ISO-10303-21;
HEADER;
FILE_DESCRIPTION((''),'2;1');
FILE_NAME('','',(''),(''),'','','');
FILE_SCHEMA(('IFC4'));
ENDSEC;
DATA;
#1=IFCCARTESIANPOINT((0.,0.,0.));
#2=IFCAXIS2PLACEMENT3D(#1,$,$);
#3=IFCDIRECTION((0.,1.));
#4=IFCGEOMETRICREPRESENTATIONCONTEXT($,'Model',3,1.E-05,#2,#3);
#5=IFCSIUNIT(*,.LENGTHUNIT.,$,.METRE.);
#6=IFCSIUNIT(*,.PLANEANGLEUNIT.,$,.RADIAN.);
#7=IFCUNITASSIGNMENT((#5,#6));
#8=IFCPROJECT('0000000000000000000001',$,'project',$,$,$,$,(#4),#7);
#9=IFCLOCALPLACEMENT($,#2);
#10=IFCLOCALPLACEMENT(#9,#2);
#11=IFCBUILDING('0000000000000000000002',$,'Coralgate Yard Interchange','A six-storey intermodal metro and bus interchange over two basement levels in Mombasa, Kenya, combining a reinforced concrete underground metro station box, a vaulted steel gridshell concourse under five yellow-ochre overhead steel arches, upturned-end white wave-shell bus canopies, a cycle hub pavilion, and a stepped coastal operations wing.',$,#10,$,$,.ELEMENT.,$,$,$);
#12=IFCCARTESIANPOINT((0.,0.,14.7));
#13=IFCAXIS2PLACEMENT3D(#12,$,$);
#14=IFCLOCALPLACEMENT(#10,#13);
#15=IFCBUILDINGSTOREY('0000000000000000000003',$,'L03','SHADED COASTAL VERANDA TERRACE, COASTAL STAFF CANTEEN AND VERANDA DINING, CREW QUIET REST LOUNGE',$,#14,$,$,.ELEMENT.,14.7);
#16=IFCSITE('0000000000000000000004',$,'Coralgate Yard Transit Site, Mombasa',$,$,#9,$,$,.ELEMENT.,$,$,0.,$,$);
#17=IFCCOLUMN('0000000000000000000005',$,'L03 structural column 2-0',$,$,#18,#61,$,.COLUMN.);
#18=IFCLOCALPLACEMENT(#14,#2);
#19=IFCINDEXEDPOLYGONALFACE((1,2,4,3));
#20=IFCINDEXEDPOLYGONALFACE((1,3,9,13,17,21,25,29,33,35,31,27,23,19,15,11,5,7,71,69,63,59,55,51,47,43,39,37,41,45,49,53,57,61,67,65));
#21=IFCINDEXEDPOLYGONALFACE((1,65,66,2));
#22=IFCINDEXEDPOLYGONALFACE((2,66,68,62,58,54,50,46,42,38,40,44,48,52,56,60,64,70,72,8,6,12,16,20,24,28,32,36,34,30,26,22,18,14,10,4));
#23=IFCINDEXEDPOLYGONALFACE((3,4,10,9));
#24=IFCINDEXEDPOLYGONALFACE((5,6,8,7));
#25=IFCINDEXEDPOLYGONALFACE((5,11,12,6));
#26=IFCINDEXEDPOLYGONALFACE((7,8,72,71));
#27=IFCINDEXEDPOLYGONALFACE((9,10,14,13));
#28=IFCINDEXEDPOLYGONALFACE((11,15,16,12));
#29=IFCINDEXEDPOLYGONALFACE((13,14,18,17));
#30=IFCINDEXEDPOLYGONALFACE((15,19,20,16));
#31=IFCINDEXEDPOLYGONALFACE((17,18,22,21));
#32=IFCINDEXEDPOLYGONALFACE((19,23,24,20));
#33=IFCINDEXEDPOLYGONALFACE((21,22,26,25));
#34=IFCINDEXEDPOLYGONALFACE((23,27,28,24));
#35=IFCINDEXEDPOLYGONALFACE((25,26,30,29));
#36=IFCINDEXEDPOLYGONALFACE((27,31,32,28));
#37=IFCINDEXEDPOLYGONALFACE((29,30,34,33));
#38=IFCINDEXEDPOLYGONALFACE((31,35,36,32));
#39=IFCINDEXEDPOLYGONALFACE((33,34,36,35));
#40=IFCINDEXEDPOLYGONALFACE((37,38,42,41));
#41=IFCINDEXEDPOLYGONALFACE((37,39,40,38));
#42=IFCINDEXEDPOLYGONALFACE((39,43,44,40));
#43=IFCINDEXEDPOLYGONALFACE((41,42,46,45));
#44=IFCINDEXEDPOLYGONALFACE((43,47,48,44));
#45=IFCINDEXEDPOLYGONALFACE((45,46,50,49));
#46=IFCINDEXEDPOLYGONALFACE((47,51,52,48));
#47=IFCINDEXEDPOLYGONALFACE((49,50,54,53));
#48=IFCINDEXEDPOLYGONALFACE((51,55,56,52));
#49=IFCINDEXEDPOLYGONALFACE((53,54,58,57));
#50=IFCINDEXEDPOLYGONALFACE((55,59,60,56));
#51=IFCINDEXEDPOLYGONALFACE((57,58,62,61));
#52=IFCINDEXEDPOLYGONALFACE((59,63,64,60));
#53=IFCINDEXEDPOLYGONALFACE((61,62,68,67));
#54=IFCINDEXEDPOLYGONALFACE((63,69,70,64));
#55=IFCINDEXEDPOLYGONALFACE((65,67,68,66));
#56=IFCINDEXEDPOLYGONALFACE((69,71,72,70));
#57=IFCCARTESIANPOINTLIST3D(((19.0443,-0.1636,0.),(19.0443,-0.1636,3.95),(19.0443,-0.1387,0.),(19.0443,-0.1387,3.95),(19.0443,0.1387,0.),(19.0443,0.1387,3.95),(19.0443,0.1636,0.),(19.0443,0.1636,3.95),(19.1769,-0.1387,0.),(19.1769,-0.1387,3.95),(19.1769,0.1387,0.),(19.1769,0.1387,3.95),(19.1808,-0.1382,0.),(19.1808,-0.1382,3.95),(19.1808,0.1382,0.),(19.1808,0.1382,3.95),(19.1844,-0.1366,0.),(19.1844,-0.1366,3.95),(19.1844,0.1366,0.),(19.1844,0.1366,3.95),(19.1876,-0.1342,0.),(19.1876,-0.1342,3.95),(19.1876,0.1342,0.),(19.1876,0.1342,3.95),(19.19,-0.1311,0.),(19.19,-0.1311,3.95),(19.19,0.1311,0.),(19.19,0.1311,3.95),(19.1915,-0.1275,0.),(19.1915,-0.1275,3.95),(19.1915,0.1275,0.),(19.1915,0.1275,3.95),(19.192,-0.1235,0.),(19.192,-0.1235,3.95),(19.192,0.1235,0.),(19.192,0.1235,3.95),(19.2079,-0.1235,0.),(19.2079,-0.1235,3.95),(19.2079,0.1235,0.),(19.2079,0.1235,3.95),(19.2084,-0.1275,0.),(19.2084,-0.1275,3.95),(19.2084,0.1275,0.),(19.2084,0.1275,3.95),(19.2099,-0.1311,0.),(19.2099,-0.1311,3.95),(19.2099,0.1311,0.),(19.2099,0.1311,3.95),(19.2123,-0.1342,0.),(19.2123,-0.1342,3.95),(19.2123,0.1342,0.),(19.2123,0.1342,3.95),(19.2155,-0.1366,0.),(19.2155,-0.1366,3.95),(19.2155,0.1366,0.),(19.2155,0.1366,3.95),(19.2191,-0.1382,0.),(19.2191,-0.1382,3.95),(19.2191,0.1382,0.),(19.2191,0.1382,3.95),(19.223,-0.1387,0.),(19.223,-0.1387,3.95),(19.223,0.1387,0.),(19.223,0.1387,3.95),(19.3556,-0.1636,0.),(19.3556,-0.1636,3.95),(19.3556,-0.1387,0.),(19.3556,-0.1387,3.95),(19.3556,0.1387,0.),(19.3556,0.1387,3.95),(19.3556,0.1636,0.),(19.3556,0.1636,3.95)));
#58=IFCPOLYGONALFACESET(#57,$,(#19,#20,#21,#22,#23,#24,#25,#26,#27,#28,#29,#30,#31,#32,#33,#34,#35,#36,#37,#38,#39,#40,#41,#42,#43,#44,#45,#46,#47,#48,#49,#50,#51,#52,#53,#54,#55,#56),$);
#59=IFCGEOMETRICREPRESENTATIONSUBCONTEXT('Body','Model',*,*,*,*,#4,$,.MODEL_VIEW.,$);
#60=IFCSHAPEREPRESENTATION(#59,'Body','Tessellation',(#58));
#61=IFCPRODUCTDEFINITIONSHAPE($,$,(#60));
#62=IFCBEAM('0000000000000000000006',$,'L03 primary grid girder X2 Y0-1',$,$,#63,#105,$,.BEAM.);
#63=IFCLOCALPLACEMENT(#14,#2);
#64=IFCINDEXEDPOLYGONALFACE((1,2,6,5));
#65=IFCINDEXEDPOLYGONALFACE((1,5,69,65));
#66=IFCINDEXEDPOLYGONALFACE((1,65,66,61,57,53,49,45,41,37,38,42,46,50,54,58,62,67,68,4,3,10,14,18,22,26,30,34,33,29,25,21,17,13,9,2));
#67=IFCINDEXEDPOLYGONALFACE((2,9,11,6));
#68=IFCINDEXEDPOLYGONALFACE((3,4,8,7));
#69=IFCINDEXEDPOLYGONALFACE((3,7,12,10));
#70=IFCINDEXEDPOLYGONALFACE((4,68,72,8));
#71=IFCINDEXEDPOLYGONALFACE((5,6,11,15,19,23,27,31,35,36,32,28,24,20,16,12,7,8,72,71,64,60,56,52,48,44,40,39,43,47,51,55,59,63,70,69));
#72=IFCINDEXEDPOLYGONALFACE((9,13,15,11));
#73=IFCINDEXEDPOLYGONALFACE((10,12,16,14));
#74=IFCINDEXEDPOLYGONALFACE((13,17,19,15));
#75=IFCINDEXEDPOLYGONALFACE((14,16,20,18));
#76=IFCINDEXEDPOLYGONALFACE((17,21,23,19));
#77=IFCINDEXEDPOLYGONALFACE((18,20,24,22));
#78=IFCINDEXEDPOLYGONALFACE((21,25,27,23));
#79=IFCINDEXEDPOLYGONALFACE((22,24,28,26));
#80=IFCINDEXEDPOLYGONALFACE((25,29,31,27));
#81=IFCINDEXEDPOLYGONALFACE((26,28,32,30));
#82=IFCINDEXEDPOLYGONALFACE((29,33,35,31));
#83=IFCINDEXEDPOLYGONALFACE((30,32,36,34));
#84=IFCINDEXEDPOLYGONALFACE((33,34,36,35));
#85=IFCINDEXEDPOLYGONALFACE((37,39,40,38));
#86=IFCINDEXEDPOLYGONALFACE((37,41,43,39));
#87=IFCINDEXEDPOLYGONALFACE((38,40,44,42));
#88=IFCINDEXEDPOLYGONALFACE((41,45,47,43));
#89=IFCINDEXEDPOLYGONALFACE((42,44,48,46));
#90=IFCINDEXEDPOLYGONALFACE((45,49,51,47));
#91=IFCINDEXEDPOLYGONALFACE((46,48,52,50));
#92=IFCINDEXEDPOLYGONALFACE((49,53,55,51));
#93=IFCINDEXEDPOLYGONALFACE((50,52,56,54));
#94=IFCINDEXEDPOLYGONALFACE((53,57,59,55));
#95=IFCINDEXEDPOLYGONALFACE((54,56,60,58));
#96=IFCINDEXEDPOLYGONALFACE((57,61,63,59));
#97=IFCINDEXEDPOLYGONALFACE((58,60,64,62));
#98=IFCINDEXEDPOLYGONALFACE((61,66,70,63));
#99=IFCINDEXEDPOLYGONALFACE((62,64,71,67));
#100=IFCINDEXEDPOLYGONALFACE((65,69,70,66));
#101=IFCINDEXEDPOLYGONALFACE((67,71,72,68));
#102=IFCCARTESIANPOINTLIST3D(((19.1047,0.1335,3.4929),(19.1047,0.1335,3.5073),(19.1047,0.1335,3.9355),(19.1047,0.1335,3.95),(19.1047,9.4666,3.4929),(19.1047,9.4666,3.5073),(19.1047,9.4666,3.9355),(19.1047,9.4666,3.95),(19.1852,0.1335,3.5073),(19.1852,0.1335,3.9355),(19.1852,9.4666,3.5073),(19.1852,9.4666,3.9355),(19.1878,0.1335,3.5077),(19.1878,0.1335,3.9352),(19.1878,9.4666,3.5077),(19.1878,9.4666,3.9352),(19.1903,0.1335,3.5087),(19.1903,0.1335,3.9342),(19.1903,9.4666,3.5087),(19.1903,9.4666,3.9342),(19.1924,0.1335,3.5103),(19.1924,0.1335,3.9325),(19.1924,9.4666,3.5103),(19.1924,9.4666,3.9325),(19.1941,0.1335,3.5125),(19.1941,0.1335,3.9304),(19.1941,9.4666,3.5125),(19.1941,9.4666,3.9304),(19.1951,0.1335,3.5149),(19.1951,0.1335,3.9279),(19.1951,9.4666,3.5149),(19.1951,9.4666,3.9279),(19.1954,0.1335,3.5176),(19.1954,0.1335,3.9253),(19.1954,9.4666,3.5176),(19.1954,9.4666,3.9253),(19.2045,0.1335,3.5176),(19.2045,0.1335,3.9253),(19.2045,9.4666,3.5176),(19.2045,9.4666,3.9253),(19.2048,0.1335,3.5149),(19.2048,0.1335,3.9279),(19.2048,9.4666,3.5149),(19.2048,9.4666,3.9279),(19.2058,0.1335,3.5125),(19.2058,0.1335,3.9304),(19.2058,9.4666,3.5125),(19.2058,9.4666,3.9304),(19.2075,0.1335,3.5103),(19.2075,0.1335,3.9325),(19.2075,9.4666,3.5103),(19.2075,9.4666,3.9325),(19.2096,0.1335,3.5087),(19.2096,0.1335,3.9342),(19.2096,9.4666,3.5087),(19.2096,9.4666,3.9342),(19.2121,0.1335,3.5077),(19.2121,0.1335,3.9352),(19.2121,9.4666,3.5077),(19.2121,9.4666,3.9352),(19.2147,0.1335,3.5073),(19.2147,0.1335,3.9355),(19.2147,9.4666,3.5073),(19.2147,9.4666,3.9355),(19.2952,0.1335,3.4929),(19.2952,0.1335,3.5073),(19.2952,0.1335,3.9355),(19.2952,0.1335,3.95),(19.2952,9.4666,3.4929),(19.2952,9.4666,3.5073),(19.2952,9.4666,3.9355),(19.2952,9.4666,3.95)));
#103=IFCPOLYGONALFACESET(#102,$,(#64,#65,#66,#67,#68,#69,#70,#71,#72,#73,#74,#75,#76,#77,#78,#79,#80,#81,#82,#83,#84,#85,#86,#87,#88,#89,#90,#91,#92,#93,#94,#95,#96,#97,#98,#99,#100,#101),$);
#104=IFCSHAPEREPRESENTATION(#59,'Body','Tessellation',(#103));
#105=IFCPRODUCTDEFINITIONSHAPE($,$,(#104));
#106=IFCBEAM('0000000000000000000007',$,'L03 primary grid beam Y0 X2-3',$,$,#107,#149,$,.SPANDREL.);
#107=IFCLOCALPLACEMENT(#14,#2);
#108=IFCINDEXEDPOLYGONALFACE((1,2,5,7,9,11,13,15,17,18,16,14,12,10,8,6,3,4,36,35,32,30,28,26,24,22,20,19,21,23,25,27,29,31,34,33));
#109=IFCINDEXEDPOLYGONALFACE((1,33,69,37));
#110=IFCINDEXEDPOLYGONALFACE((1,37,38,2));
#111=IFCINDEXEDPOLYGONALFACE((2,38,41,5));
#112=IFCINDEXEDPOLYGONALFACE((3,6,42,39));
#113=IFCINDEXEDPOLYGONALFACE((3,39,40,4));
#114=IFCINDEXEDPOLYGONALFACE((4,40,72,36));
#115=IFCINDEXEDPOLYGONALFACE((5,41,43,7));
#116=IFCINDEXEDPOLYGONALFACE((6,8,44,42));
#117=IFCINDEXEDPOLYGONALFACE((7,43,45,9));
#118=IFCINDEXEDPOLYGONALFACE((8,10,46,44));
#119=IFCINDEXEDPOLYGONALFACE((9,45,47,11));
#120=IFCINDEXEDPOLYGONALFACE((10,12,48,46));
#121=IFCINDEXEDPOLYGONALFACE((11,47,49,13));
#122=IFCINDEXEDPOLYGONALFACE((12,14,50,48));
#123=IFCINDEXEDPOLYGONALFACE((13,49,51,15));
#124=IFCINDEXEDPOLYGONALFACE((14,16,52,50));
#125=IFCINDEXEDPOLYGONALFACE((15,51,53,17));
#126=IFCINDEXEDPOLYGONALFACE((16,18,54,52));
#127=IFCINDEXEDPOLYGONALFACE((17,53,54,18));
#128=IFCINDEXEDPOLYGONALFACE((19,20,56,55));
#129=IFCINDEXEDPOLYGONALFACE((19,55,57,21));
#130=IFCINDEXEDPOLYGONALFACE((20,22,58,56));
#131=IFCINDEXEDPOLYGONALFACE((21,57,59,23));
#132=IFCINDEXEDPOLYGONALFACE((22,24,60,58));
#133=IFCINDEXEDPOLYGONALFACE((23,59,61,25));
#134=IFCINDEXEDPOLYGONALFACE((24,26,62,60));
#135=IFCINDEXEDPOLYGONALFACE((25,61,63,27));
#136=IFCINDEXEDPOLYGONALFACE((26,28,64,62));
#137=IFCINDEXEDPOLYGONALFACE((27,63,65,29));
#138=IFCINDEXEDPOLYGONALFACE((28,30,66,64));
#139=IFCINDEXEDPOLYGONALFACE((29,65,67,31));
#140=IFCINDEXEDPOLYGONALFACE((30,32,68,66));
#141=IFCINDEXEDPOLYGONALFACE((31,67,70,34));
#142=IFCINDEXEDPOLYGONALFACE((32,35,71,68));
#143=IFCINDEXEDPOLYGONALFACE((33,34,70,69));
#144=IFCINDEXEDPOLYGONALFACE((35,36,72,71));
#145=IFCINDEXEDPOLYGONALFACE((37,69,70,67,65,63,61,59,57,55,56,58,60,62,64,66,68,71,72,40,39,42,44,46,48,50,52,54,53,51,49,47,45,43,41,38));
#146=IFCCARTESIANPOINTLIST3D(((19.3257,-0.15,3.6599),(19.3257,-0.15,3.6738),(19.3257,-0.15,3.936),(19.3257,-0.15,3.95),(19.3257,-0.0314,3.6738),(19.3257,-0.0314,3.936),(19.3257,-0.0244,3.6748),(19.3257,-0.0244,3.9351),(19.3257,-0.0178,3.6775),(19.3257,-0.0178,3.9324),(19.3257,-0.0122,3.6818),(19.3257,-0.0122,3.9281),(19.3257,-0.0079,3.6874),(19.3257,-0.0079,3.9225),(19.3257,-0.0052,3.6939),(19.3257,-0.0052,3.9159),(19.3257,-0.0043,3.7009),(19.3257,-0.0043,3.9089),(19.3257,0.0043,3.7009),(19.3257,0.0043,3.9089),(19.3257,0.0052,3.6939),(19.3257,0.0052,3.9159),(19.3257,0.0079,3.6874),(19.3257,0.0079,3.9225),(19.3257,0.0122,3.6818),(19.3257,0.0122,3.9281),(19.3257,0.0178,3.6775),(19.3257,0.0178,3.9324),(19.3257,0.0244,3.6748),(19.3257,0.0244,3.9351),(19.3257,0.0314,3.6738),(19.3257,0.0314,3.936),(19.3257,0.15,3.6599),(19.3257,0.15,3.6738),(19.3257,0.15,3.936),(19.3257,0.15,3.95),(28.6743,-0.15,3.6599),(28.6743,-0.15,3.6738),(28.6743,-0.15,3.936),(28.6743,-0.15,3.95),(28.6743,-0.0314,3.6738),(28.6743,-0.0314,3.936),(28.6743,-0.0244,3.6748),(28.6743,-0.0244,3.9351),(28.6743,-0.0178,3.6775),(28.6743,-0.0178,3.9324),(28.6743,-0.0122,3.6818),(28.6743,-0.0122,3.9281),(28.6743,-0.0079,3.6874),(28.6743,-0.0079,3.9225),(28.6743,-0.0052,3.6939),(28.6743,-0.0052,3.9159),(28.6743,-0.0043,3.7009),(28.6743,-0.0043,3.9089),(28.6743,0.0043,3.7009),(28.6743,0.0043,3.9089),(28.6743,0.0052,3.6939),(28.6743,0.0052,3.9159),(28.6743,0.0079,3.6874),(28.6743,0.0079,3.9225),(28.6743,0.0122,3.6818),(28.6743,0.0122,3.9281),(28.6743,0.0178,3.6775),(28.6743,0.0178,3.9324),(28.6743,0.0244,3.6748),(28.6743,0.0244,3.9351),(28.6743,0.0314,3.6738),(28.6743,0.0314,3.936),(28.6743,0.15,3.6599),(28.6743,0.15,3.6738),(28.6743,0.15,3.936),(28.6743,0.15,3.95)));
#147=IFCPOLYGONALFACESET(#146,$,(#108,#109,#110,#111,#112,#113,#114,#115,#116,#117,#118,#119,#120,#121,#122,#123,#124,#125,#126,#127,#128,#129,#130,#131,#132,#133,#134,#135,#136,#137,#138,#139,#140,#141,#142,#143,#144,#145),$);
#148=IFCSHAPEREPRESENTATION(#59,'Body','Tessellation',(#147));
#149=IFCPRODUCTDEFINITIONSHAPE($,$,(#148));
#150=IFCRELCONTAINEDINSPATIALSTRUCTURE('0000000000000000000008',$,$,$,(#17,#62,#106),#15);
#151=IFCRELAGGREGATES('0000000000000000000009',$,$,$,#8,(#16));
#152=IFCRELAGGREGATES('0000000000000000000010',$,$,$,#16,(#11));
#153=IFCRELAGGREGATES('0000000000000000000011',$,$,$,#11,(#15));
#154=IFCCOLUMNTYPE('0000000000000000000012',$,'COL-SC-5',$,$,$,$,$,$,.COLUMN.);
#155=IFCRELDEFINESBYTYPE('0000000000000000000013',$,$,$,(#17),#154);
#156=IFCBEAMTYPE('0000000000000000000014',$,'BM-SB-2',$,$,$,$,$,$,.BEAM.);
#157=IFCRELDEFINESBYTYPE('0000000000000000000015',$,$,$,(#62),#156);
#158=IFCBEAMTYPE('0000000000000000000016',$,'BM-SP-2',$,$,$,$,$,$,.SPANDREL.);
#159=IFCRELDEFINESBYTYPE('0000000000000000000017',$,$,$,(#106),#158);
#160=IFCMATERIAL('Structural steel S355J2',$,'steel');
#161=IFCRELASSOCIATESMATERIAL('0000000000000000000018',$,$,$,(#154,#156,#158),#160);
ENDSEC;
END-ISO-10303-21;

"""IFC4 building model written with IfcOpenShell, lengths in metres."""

from ifc_helpers import new_model, si_unit, direction, frame, origin, origin_2d, place, context, subcontext, project, spatial, i_section, extrude, material, material_profile, profile_set, type_object, element, save


model = new_model("IFC4")

# Units and contexts
model_context = context("Model", 3, precision=1e-05, world=origin(), true_north=direction((0.0, 1.0)))
body_context = subcontext(model_context, "Body", "Model", "MODEL_VIEW")
ifc_project = project(units=[si_unit("LENGTHUNIT", "METRE"), si_unit("PLANEANGLEUNIT", "RADIAN")], contexts=[model_context])

# Site, building, storey
site_placement = place(None, origin())
site = spatial("IfcSite", under=ifc_project, at=site_placement, Name="Coralgate Yard Transit Site, Mombasa", CompositionType="ELEMENT", RefElevation=0.0)
building_placement = place(site_placement, origin())
building = spatial("IfcBuilding", under=site, at=building_placement, Name="Coralgate Yard Interchange", Description="A six-storey intermodal metro and bus interchange over two basement levels in Mombasa, Kenya, combining a reinforced concrete underground metro station box, a vaulted steel gridshell concourse under five yellow-ochre overhead steel arches, upturned-end white wave-shell bus canopies, a cycle hub pavilion, and a stepped coastal operations wing.", CompositionType="ELEMENT")
storey_placement = place(building_placement, frame((0.0, 0.0, 14.7)))
storey = spatial("IfcBuildingStorey", under=building, at=storey_placement, Name="L03", Description="SHADED COASTAL VERANDA TERRACE, COASTAL STAFF CANTEEN AND VERANDA DINING, CREW QUIET REST LOUNGE", CompositionType="ELEMENT", Elevation=14.7)

# Column
ifc_material_1 = material(Name="Structural steel S355J2", Category="steel")
ifc_material_profile_1 = material_profile(ifc_material_1, i_section(OverallWidth=0.3113, OverallDepth=0.3271, WebThickness=0.0159, FlangeThickness=0.0249, FilletRadius=0.0151, at=origin_2d()), Name="UC 305x305x158")
ifc_profile_set_1 = profile_set([ifc_material_profile_1], Name="Structural steel S355J2")
column_type = type_object("IfcColumnType", Name="COL-SC-5", PredefinedType="COLUMN", material=ifc_profile_set_1)
column_placement = place(storey_placement, frame((19.2, 0.0, 0.0), z_axis=(0.0, 0.0, 1.0), x_axis=(1.0, 0.0, 0.0)))
element("IfcColumn", 1, at=column_placement, inside=storey, type_object=column_type, Name="L03 structural column 2-0", PredefinedType="COLUMN", context=body_context, shape_type="SweptSolid", body=[
    extrude(i_section(OverallWidth=0.3113, OverallDepth=0.3271, WebThickness=0.0159, FlangeThickness=0.0249, FilletRadius=0.0151, at=origin_2d()), origin(), (0.0, 0.0, 1.0), 3.95),
])

# Beams
ifc_material_profile_2 = material_profile(ifc_material_1, i_section(OverallWidth=0.1904, OverallDepth=0.457, WebThickness=0.009, FlangeThickness=0.0144, FilletRadius=0.0103, at=origin_2d()), Name="UB 457x191x74")
ifc_profile_set_2 = profile_set([ifc_material_profile_2], Name="Structural steel S355J2")
beam_type_1 = type_object("IfcBeamType", Name="BM-SB-2", PredefinedType="BEAM", material=ifc_profile_set_2)
beam_1_placement = place(storey_placement, frame((19.2, 0.1335, 3.7214), z_axis=(0.0, 1.0, 0.0), x_axis=(-1.0, 0.0, 0.0)))
element("IfcBeam", 2, at=beam_1_placement, inside=storey, type_object=beam_type_1, Name="L03 primary grid girder X2 Y0-1", PredefinedType="BEAM", context=body_context, shape_type="SweptSolid", body=[
    extrude(i_section(OverallWidth=0.1904, OverallDepth=0.457, WebThickness=0.009, FlangeThickness=0.0144, FilletRadius=0.0103, at=origin_2d()), origin(), (0.0, 0.0, 1.0), 9.333),
])
ifc_material_profile_3 = material_profile(ifc_material_1, i_section(OverallWidth=0.3, OverallDepth=0.29, WebThickness=0.0085, FlangeThickness=0.0139, FilletRadius=0.0271, at=origin_2d()), Name="HEA 300")
ifc_profile_set_3 = profile_set([ifc_material_profile_3], Name="Structural steel S355J2")
beam_type_2 = type_object("IfcBeamType", Name="BM-SP-2", PredefinedType="SPANDREL", material=ifc_profile_set_3)
beam_2_placement = place(storey_placement, frame((19.3257, 0.0, 3.8049), z_axis=(1.0, 0.0, 0.0), x_axis=(0.0, 1.0, 0.0)))
element("IfcBeam", 3, at=beam_2_placement, inside=storey, type_object=beam_type_2, Name="L03 primary grid beam Y0 X2-3", PredefinedType="SPANDREL", context=body_context, shape_type="SweptSolid", body=[
    extrude(i_section(OverallWidth=0.3, OverallDepth=0.29, WebThickness=0.0085, FlangeThickness=0.0139, FilletRadius=0.0271, at=origin_2d()), origin(), (0.0, 0.0, 1.0), 9.3486),
])

save(model, "model.ifc")
